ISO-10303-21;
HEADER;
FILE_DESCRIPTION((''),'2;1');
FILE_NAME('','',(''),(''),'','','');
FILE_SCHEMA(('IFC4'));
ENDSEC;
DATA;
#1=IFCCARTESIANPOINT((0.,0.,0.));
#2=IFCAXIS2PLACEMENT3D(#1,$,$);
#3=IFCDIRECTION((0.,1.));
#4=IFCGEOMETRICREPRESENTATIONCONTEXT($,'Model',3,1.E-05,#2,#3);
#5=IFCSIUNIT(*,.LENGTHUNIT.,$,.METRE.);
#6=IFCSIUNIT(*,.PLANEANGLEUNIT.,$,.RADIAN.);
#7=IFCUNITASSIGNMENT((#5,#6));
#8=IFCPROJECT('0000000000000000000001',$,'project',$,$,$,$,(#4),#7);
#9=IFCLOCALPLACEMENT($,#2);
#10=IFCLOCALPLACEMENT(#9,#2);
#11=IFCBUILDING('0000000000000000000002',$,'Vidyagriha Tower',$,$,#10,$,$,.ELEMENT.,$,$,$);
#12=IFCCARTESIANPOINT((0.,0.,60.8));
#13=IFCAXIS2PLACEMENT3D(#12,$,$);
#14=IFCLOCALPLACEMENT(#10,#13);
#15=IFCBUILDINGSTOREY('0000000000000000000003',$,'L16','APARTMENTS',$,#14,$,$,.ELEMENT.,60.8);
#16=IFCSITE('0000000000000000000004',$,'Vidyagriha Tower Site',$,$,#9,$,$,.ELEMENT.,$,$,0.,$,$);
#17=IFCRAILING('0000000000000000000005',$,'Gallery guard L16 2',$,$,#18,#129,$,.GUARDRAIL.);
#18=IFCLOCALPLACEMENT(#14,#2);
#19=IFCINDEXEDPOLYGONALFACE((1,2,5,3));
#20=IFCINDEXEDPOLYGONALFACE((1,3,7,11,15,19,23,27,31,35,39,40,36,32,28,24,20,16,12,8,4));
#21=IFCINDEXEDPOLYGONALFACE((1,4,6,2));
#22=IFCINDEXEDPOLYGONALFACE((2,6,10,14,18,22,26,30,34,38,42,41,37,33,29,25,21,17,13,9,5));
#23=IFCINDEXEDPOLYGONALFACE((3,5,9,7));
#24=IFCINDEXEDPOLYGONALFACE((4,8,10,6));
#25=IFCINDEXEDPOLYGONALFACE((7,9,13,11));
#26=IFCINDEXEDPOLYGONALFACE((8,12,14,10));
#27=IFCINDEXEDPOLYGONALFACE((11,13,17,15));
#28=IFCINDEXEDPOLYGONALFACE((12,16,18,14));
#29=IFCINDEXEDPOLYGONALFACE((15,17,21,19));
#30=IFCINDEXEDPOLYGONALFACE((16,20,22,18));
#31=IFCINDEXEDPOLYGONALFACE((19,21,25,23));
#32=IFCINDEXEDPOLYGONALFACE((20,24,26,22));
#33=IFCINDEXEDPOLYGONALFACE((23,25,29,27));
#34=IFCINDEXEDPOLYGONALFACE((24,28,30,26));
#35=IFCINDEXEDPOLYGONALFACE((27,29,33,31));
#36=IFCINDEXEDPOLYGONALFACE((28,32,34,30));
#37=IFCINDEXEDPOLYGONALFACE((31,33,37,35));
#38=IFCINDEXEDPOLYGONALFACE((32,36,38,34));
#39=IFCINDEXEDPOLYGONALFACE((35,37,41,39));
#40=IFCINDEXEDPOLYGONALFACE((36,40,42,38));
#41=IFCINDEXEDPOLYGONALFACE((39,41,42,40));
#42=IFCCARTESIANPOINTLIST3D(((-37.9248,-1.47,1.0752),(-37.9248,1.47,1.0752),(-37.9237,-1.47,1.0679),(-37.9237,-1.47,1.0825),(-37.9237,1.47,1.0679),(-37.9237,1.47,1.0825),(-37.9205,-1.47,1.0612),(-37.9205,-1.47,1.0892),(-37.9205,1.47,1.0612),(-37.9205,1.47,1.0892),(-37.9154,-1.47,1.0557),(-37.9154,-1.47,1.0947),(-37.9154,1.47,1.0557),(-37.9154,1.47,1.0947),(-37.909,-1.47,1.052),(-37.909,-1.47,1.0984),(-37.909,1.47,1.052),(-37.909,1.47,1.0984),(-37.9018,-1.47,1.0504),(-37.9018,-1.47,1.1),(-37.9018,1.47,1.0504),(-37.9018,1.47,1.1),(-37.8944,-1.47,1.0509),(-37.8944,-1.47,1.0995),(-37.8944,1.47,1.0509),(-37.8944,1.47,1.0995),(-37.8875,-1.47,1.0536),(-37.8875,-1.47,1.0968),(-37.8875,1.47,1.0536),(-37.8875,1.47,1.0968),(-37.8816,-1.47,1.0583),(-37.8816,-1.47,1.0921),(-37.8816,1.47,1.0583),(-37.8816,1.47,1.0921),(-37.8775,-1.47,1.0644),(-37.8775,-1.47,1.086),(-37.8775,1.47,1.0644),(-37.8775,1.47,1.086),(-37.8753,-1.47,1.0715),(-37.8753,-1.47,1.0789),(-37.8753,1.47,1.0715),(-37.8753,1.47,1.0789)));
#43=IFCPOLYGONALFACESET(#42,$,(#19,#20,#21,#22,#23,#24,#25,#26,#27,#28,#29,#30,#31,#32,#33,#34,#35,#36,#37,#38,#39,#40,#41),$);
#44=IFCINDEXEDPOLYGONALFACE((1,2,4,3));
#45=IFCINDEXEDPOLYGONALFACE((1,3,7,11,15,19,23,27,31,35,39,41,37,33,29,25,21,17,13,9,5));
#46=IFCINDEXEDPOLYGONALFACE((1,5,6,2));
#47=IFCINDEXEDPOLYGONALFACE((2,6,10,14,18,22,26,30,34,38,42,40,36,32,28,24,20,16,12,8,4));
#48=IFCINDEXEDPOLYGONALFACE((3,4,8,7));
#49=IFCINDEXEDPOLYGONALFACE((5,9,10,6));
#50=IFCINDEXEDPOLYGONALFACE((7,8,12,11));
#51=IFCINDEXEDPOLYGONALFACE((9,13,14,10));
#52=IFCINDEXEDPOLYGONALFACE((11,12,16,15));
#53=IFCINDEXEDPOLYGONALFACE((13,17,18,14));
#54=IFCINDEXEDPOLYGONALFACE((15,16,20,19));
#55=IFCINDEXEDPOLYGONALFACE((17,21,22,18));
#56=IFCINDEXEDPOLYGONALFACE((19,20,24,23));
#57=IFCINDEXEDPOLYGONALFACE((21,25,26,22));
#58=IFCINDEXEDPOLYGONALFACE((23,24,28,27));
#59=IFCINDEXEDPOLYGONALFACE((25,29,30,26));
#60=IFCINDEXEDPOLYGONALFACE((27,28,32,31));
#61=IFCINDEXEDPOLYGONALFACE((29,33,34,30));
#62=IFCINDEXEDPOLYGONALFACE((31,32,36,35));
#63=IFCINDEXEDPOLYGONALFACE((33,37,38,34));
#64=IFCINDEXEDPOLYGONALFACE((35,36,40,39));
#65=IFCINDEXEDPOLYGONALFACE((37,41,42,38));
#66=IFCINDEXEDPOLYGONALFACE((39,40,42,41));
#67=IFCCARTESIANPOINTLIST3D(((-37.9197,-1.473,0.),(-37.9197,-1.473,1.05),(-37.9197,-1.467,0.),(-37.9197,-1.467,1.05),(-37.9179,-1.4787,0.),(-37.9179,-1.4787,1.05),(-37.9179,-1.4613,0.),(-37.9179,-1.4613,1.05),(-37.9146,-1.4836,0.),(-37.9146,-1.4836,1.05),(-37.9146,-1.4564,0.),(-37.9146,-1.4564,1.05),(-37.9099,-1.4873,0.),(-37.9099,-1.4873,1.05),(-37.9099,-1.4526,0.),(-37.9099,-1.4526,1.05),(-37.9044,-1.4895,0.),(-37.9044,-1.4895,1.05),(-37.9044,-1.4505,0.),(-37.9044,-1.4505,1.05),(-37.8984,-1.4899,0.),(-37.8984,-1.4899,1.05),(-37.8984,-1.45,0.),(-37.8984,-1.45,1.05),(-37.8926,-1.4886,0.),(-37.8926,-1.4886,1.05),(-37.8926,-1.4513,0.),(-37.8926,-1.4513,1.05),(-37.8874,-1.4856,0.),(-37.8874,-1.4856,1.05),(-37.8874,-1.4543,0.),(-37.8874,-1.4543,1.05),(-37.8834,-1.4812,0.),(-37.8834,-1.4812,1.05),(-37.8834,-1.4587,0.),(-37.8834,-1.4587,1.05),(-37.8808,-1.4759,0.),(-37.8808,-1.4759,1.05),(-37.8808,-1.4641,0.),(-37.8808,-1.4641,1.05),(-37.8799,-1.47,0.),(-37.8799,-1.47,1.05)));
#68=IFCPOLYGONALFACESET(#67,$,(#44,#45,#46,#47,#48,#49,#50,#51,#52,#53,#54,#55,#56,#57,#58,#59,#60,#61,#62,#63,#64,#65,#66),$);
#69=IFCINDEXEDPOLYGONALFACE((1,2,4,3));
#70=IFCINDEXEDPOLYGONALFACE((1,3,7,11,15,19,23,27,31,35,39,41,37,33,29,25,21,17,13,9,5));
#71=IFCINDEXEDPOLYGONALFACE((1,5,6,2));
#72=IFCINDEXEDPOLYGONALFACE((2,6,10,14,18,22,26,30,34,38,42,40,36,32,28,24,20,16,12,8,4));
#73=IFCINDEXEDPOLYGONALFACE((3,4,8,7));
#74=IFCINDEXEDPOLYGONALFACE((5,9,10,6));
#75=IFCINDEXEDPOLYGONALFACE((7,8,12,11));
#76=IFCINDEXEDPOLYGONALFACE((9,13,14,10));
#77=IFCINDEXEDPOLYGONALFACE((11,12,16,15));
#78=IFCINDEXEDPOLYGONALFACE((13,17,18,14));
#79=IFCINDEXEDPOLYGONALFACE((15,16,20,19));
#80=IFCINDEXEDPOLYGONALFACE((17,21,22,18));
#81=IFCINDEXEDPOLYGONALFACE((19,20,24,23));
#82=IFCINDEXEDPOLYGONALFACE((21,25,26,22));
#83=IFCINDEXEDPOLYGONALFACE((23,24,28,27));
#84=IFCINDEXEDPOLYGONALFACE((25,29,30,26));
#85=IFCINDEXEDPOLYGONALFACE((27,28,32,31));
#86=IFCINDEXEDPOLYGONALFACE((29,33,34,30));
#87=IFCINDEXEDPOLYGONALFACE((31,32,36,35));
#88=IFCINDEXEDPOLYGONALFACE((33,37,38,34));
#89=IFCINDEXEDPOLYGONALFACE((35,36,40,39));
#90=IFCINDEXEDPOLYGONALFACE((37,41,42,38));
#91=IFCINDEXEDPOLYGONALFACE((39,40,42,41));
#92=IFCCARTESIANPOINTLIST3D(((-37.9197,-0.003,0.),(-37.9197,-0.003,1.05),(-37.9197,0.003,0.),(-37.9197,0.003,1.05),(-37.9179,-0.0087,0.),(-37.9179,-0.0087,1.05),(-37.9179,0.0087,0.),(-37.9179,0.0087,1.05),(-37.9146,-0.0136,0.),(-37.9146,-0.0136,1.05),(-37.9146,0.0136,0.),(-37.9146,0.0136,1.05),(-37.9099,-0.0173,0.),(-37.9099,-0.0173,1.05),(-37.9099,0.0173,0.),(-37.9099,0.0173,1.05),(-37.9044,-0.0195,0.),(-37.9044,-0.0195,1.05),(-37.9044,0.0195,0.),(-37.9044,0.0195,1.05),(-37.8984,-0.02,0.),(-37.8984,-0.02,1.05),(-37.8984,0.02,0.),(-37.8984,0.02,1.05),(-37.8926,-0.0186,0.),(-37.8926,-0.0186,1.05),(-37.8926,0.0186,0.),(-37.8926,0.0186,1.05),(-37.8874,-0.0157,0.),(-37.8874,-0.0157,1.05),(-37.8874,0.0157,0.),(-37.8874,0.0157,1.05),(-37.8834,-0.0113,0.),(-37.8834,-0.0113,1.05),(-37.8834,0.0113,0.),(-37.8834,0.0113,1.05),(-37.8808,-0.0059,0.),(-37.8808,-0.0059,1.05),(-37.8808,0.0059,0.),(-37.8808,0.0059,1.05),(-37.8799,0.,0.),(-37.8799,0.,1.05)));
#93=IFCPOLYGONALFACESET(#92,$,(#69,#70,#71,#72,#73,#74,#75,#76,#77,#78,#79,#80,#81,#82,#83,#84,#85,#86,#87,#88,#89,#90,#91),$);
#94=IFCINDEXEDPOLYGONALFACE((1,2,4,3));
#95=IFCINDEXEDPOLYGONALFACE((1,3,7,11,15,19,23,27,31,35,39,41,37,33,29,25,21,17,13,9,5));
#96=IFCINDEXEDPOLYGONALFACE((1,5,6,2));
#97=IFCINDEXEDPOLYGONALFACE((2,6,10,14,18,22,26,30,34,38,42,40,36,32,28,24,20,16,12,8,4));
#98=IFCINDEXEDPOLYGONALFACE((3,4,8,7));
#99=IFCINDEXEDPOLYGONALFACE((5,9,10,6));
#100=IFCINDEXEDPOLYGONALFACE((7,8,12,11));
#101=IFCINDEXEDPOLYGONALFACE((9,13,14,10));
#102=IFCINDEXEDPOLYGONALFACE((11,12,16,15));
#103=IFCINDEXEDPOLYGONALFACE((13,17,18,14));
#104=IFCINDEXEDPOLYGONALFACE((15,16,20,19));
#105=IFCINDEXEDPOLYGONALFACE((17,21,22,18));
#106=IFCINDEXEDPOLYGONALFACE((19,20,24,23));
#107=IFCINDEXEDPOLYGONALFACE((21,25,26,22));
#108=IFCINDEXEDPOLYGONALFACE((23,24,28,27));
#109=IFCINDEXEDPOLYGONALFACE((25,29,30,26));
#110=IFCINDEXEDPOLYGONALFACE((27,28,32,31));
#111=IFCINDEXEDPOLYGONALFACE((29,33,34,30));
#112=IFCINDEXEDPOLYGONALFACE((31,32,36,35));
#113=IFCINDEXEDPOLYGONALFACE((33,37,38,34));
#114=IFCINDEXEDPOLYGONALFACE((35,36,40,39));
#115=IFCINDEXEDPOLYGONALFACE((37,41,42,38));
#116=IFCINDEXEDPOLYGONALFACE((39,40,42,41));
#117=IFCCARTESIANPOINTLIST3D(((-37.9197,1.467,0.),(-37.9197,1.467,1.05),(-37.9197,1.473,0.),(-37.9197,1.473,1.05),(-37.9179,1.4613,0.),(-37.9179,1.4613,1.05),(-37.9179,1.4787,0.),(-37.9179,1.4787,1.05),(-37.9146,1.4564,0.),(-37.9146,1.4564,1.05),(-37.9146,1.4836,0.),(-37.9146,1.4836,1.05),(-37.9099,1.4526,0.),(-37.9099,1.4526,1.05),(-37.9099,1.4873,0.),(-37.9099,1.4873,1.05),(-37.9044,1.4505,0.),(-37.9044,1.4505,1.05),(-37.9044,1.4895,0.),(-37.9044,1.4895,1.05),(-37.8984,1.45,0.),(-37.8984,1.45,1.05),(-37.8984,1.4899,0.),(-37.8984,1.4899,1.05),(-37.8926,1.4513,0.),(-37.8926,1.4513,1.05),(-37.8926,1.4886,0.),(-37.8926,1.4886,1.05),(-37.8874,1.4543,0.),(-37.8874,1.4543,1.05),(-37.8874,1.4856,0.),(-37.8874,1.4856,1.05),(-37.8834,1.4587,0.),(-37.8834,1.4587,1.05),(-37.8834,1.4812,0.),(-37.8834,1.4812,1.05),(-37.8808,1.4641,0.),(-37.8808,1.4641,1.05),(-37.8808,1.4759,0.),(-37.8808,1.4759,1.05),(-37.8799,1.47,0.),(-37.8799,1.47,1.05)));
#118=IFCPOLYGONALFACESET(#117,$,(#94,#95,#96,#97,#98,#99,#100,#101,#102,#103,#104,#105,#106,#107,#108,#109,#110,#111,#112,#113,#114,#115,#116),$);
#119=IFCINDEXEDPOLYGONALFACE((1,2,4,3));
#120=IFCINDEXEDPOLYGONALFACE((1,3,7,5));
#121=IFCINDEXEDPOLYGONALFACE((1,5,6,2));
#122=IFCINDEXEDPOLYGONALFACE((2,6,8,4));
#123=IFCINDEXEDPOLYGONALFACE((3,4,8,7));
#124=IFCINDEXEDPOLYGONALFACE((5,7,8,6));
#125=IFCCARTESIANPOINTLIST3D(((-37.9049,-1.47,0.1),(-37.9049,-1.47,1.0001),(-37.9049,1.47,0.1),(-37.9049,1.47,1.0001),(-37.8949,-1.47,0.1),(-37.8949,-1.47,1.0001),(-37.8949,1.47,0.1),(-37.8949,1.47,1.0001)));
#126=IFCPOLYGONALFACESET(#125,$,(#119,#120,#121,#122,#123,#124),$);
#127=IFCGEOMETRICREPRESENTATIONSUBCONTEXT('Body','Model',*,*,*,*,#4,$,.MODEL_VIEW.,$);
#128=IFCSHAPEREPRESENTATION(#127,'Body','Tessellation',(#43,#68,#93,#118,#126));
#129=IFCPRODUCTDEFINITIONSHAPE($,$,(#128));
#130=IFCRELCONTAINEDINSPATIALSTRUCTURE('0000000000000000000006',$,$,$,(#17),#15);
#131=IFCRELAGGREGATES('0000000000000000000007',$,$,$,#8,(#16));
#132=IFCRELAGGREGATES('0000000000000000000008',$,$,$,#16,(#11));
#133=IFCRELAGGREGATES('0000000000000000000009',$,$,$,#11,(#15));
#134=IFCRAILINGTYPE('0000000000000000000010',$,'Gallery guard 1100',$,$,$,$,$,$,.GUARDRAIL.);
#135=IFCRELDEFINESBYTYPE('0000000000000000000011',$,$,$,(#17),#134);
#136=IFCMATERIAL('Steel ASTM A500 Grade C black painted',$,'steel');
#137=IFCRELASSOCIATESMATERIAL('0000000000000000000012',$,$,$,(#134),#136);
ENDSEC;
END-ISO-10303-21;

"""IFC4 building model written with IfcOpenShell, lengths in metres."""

from ifc_helpers import new_model, si_unit, direction, frame, origin, origin_2d, place, context, subcontext, project, spatial, rectangle, circle, extrude, material, type_object, element, save


model = new_model("IFC4")

# Units and contexts
model_context = context("Model", 3, precision=1e-05, world=origin(), true_north=direction((0.0, 1.0)))
body_context = subcontext(model_context, "Body", "Model", "MODEL_VIEW")
ifc_project = project(units=[si_unit("LENGTHUNIT", "METRE"), si_unit("PLANEANGLEUNIT", "RADIAN")], contexts=[model_context])

# Site, building, storey
site_placement = place(None, origin())
site = spatial("IfcSite", under=ifc_project, at=site_placement, Name="Vidyagriha Tower Site", CompositionType="ELEMENT", RefElevation=0.0)
building_placement = place(site_placement, origin())
building = spatial("IfcBuilding", under=site, at=building_placement, Name="Vidyagriha Tower", CompositionType="ELEMENT")
storey_placement = place(building_placement, frame((0.0, 0.0, 60.8)))
storey = spatial("IfcBuildingStorey", under=building, at=storey_placement, Name="L16", Description="APARTMENTS", CompositionType="ELEMENT", Elevation=60.8)

# Railing
ifc_material_1 = material(Name="Steel ASTM A500 Grade C black painted", Category="steel")
railing_type_1 = type_object("IfcRailingType", Name="Gallery guard 1100", PredefinedType="GUARDRAIL", material=ifc_material_1)
railing_1_placement = place(storey_placement, frame((-37.8999, -1.47, 0.0)))
element("IfcRailing", 1, at=railing_1_placement, inside=storey, type_object=railing_type_1, Name="Gallery guard L16 2", PredefinedType="GUARDRAIL", context=body_context, shape_type="SweptSolid", body=[
    extrude(circle(Radius=0.0249, at=origin_2d()), frame((0.0, 0.0, 1.0752), z_axis=(0.0, 1.0, 0.0), x_axis=(-1.0, 0.0, 0.0)), (0.0, 0.0, 1.0), 2.9399),
    extrude(circle(Radius=0.02, at=origin_2d()), origin(), (0.0, 0.0, 1.0), 1.05),
    extrude(circle(Radius=0.02, at=origin_2d()), frame((0.0, 1.47, 0.0)), (0.0, 0.0, 1.0), 1.05),
    extrude(circle(Radius=0.02, at=origin_2d()), frame((0.0, 2.9399, 0.0)), (0.0, 0.0, 1.0), 1.05),
    extrude(rectangle(XDim=0.01, YDim=0.9001, at=origin_2d()), frame((0.0, 0.0, 0.55), z_axis=(0.0, 1.0, 0.0), x_axis=(-1.0, 0.0, 0.0)), (0.0, 0.0, 1.0), 2.9399),
])

save(model, "model.ifc")
